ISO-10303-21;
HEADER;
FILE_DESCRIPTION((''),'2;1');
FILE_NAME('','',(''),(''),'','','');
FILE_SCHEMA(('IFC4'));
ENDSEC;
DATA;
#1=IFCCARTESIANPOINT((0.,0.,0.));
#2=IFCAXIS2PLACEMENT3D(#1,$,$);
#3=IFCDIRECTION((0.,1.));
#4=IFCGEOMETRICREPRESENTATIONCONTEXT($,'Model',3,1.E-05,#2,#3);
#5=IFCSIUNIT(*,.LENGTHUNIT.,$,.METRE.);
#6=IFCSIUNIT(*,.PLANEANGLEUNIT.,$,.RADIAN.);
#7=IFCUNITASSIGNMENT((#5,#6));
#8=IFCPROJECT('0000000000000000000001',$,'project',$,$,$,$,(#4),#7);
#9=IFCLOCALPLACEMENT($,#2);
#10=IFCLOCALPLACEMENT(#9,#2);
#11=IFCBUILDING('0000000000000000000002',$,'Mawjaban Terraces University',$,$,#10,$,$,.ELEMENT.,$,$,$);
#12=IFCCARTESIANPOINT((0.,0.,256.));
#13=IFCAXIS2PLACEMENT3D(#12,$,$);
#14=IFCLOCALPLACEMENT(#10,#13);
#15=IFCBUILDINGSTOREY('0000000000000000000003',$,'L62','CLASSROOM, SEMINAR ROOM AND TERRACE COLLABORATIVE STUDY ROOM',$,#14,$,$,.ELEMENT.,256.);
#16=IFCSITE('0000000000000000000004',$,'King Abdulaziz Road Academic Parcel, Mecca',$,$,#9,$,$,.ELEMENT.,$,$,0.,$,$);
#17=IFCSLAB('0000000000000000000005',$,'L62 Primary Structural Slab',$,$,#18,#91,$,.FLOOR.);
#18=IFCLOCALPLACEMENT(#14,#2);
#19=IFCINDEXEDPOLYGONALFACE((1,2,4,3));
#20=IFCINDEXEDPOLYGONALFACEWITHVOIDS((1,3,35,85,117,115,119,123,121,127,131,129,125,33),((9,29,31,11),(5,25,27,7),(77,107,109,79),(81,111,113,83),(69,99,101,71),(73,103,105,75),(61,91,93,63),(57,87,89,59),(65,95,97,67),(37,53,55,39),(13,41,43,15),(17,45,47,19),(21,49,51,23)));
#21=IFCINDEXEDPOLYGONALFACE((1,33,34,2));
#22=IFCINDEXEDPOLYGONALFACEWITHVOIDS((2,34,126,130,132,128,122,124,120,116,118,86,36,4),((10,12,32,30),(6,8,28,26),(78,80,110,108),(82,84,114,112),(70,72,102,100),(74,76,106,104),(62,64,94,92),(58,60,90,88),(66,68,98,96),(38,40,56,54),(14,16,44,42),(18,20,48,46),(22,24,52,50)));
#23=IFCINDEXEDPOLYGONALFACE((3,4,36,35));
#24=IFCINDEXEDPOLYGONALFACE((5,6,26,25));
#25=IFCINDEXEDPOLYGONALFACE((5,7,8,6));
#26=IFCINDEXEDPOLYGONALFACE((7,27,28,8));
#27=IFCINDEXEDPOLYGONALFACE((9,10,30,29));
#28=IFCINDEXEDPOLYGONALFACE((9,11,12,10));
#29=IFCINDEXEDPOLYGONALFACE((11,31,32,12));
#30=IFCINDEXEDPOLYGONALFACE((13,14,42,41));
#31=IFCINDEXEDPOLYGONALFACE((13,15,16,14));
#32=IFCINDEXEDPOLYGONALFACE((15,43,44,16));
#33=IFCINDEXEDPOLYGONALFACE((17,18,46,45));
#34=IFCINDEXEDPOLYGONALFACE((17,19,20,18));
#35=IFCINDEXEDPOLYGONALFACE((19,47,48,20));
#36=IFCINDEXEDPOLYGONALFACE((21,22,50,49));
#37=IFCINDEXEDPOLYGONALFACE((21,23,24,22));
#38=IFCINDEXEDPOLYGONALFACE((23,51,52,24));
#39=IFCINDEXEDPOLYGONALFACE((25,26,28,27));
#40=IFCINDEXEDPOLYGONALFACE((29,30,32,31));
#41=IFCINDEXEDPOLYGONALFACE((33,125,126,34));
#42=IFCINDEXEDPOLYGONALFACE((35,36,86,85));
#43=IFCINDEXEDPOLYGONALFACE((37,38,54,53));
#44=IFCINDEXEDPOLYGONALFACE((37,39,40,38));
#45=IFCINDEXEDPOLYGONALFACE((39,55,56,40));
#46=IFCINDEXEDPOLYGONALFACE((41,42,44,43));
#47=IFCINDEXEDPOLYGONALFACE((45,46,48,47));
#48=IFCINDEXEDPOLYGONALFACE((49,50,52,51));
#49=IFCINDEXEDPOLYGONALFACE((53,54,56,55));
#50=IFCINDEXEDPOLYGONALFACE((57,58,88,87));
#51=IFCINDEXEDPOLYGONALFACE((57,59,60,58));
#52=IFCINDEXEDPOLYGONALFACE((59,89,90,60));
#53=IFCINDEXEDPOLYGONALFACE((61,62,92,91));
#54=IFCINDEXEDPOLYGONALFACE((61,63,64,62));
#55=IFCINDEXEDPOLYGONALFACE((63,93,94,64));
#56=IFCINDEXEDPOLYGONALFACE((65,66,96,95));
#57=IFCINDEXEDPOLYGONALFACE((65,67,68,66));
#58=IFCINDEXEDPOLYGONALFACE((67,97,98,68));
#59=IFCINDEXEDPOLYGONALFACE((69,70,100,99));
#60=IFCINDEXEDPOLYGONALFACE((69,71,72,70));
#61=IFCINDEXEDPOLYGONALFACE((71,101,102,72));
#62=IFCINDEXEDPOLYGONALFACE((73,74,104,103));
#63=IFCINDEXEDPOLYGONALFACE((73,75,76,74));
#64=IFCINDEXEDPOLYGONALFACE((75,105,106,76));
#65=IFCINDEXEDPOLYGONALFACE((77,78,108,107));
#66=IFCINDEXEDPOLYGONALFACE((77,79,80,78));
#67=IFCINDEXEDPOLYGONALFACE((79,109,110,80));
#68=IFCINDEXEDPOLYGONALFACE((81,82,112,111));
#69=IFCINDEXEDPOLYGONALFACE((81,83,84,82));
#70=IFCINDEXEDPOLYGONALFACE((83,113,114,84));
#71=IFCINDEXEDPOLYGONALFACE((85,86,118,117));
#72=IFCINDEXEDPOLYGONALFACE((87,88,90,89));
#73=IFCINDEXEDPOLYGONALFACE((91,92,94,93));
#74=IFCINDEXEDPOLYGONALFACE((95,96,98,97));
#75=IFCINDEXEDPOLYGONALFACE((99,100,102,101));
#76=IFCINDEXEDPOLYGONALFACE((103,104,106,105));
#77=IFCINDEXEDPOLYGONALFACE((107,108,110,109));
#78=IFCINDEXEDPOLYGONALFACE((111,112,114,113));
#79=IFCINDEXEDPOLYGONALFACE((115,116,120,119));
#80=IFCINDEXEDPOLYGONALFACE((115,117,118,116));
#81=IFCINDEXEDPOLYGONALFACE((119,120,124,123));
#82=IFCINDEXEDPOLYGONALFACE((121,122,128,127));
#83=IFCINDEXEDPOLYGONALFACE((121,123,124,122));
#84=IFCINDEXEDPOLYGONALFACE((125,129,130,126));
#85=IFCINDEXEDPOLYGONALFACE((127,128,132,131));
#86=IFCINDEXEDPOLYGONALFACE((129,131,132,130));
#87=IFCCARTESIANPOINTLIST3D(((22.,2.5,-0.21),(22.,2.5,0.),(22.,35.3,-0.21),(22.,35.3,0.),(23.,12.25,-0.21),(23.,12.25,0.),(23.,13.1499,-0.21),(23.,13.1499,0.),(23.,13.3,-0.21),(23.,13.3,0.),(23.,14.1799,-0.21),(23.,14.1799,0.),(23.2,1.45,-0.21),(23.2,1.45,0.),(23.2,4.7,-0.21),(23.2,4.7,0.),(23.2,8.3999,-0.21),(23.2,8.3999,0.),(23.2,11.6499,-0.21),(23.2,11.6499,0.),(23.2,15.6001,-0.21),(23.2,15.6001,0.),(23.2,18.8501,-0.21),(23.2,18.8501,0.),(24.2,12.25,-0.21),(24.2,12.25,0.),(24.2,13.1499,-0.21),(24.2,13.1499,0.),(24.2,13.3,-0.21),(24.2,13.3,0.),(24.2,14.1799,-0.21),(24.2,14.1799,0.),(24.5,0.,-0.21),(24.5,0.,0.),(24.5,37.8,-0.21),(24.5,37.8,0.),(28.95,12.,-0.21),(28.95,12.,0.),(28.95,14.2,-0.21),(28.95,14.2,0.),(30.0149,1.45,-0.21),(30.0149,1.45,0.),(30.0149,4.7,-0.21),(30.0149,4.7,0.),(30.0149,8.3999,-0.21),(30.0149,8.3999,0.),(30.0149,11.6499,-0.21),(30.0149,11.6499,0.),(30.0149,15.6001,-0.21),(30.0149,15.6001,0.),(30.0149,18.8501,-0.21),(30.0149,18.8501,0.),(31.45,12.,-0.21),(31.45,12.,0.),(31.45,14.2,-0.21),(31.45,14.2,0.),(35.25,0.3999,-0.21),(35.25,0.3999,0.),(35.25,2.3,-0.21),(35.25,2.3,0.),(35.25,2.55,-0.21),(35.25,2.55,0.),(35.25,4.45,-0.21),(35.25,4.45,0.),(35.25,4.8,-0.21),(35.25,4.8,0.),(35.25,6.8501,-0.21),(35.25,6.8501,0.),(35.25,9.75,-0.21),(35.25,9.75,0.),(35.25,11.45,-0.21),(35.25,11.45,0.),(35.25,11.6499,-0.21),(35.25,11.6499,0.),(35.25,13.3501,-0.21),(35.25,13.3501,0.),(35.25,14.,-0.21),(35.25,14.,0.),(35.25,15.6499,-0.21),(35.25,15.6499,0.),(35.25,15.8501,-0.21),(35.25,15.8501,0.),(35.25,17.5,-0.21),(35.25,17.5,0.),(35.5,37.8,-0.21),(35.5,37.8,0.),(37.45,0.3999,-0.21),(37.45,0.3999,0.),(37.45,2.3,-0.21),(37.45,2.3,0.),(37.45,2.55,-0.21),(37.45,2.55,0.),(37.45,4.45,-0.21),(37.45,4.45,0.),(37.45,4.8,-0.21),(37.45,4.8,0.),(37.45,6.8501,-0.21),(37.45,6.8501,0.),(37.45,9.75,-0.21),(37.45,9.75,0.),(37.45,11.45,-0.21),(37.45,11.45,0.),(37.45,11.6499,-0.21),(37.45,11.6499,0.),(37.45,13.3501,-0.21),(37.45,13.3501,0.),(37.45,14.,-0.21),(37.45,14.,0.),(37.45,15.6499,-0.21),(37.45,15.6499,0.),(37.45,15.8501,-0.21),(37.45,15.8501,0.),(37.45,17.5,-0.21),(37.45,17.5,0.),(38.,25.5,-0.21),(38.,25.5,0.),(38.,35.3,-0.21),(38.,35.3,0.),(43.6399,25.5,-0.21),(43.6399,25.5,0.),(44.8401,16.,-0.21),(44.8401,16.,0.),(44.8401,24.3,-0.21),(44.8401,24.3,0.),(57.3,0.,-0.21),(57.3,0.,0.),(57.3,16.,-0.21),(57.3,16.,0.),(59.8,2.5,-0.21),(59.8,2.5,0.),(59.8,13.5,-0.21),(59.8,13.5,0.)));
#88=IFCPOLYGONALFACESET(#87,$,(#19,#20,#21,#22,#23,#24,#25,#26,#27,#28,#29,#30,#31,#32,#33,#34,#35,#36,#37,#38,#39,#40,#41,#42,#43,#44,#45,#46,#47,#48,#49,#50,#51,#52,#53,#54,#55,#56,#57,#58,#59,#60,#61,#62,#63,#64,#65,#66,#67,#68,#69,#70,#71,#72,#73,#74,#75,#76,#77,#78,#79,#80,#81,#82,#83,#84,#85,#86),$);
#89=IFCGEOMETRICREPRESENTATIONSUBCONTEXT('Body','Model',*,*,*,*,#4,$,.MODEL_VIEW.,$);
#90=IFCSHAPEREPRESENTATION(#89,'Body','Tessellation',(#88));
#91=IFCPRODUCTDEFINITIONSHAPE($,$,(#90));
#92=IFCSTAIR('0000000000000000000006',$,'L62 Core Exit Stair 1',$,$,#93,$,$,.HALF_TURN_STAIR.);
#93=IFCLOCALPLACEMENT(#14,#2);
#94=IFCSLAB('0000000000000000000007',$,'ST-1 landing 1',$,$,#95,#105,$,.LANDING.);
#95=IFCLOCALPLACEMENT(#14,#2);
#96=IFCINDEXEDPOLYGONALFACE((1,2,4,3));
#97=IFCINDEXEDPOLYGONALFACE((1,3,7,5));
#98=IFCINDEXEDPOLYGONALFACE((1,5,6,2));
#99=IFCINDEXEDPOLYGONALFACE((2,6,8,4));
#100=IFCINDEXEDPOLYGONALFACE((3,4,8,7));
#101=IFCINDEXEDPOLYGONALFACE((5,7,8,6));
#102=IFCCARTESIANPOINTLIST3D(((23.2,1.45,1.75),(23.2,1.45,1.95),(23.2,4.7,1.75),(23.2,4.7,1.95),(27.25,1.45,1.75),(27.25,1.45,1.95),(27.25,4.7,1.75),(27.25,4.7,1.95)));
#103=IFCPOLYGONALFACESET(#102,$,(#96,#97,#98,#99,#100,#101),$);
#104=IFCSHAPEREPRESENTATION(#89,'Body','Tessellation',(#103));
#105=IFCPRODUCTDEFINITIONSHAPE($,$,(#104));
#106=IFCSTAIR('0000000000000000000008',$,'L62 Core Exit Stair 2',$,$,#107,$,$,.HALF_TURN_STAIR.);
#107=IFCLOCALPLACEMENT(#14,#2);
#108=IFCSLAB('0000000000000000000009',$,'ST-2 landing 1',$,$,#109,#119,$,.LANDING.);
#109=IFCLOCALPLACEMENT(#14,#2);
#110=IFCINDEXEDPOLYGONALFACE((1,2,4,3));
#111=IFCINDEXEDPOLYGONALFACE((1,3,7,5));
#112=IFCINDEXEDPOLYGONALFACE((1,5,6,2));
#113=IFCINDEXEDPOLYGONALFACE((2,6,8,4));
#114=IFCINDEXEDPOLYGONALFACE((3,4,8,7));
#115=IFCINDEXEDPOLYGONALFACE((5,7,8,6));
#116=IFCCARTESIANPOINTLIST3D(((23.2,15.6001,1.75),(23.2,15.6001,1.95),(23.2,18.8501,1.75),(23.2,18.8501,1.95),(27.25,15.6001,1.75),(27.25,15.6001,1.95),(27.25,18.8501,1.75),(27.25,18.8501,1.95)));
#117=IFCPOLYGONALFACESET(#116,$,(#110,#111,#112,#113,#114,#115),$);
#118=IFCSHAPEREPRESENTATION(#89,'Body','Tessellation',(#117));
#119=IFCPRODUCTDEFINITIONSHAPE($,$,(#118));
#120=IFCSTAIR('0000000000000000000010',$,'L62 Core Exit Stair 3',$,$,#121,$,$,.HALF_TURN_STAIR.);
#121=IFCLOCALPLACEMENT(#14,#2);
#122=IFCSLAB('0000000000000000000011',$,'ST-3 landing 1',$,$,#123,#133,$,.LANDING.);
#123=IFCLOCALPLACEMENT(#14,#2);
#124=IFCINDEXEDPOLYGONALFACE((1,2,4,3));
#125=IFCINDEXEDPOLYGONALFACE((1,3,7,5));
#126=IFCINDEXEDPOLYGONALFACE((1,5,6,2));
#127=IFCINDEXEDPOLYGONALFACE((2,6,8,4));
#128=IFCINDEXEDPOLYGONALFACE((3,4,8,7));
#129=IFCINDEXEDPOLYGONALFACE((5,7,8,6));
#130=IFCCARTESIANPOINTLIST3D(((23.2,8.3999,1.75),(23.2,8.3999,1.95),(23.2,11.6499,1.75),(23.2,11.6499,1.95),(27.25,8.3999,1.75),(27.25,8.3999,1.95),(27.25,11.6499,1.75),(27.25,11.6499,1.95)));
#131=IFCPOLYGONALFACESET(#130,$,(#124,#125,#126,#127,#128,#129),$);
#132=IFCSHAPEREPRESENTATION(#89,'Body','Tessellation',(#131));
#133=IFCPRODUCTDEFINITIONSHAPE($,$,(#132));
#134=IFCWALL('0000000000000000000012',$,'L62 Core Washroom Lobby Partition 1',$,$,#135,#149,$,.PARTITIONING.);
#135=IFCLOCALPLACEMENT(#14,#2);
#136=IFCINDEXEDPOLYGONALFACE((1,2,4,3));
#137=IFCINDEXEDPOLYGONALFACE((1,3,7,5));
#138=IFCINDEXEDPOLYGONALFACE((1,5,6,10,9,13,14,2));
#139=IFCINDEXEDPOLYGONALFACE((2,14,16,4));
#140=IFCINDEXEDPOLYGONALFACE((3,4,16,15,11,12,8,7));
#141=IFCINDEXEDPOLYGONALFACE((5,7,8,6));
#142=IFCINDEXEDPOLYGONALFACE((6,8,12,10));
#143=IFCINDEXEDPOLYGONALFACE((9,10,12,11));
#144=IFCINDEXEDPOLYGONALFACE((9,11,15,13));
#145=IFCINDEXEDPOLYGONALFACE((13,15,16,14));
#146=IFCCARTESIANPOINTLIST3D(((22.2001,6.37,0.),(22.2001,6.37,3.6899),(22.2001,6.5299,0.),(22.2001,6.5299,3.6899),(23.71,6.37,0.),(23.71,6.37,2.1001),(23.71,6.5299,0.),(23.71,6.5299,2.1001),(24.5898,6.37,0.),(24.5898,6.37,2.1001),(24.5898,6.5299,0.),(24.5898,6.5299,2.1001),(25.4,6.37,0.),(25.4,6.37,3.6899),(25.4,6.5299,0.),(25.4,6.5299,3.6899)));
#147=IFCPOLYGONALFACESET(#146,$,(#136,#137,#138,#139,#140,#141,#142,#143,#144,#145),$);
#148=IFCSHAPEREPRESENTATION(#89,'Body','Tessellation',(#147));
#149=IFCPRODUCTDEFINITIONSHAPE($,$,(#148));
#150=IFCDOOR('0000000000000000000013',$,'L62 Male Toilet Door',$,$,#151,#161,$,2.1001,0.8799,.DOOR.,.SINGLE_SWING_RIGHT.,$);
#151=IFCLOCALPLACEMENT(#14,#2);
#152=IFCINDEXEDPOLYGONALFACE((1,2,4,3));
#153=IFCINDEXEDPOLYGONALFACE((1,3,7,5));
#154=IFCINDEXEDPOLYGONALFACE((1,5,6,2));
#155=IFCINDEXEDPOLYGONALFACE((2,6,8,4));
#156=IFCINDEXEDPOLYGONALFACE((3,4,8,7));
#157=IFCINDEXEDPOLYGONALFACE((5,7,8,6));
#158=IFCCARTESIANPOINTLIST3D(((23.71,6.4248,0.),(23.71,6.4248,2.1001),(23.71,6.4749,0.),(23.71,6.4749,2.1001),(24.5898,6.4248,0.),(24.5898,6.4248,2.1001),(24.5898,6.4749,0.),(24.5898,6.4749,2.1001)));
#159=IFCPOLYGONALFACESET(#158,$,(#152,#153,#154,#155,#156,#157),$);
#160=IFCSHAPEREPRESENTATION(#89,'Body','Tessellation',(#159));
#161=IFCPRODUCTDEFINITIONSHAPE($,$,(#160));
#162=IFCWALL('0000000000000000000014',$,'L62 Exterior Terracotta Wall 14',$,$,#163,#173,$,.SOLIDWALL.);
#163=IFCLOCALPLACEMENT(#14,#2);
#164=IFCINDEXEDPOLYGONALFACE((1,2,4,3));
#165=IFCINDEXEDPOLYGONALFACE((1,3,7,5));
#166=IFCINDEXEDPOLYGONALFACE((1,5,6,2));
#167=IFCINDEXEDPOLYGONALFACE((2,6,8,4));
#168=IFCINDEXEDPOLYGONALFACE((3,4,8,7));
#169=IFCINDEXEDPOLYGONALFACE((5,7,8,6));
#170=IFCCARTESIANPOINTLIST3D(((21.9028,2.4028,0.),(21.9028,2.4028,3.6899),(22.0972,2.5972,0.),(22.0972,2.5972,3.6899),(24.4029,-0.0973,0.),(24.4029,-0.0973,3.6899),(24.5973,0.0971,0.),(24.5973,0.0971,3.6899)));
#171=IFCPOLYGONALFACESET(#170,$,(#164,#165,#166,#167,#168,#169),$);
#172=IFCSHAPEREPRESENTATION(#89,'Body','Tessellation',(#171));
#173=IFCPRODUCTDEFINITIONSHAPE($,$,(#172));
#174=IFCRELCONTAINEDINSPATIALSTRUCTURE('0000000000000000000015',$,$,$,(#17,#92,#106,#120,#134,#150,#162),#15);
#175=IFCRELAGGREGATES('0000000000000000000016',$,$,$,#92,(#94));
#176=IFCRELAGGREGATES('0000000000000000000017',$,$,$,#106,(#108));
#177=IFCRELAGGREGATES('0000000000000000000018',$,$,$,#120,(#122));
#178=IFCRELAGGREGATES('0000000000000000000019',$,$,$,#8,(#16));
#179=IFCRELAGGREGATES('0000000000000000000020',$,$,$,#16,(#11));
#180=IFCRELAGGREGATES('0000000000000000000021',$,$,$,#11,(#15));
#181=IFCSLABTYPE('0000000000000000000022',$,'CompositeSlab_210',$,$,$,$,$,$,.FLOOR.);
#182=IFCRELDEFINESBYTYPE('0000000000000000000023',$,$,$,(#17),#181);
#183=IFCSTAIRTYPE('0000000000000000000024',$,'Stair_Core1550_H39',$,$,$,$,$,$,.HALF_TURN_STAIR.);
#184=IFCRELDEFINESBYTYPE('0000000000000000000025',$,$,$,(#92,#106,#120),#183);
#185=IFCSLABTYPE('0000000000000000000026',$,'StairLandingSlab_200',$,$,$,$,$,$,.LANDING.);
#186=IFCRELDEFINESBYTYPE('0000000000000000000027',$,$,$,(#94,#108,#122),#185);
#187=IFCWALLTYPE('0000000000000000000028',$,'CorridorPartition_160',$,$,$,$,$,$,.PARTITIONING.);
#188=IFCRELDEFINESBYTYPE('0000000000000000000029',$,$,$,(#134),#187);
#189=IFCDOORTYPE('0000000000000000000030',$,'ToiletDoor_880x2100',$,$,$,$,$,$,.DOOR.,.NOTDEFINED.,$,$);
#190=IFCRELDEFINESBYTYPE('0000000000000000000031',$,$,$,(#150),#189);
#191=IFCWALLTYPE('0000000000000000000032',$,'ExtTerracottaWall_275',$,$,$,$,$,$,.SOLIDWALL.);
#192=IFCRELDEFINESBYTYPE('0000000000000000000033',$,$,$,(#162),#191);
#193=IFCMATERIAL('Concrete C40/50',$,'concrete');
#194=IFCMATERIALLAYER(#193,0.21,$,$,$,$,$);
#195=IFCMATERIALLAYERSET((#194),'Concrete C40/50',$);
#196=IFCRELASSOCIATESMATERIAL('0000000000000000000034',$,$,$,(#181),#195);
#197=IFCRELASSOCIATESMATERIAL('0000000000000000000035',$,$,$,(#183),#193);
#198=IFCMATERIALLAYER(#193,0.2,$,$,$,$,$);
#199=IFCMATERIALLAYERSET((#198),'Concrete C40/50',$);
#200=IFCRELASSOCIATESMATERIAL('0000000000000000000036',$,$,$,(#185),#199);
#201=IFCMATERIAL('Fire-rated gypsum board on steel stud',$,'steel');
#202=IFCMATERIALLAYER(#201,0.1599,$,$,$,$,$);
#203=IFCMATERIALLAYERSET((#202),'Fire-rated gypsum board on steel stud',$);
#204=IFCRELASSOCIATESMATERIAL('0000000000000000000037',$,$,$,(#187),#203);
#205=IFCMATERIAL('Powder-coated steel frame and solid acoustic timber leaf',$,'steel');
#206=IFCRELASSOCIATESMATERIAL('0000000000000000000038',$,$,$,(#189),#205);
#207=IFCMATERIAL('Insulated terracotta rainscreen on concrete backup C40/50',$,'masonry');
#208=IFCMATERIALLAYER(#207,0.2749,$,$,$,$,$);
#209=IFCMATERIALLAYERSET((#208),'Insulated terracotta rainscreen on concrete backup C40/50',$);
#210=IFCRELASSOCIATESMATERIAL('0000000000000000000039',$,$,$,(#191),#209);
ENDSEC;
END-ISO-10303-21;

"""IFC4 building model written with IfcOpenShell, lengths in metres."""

from ifc_helpers import new_model, si_unit, direction, frame, frame_2d, origin, place, context, subcontext, project, spatial, polyline, rectangle, outline, extrude, material, layer, layer_set, type_object, element, fill, aggregate, save


model = new_model("IFC4")

# Units and contexts
model_context = context("Model", 3, precision=1e-05, world=origin(), true_north=direction((0.0, 1.0)))
body_context = subcontext(model_context, "Body", "Model", "MODEL_VIEW")
ifc_project = project(units=[si_unit("LENGTHUNIT", "METRE"), si_unit("PLANEANGLEUNIT", "RADIAN")], contexts=[model_context])

# Site, building, storey
site_placement = place(None, origin())
site = spatial("IfcSite", under=ifc_project, at=site_placement, Name="King Abdulaziz Road Academic Parcel, Mecca", CompositionType="ELEMENT", RefElevation=0.0)
building_placement = place(site_placement, origin())
building = spatial("IfcBuilding", under=site, at=building_placement, Name="Mawjaban Terraces University", CompositionType="ELEMENT")
storey_placement = place(building_placement, frame((0.0, 0.0, 256.0)))
storey = spatial("IfcBuildingStorey", under=building, at=storey_placement, Name="L62", Description="CLASSROOM, SEMINAR ROOM AND TERRACE COLLABORATIVE STUDY ROOM", CompositionType="ELEMENT", Elevation=256.0)

# Slab
ifc_material_1 = material(Name="Concrete C40/50", Category="concrete")
ifc_layer_1 = layer(ifc_material_1, 0.21)
ifc_layer_set_1 = layer_set([ifc_layer_1], Name="Concrete C40/50")
slab_type_1 = type_object("IfcSlabType", Name="CompositeSlab_210", PredefinedType="FLOOR", material=ifc_layer_set_1)
slab_1_placement = place(storey_placement, frame((0.0, 0.0, -0.21)))
element("IfcSlab", 1, at=slab_1_placement, inside=storey, type_object=slab_type_1, Name="L62 Primary Structural Slab", PredefinedType="FLOOR", context=body_context, shape_type="SweptSolid", body=[
    extrude(outline(polyline([(24.5, 0.0), (57.3, 0.0), (59.8, 2.5), (59.8, 13.5), (57.3, 16.0), (44.8401, 16.0), (44.8401, 24.3), (43.6399, 25.5), (38.0, 25.5), (38.0, 35.3), (35.5, 37.8), (24.5, 37.8), (22.0, 35.3), (22.0, 2.5), (24.5, 0.0)]), holes=[polyline([(30.0149, 4.7), (23.2, 4.7), (23.2, 1.45), (30.0149, 1.45), (30.0149, 4.7)]), polyline([(30.0149, 18.8501), (23.2, 18.8501), (23.2, 15.6001), (30.0149, 15.6001), (30.0149, 18.8501)]), polyline([(30.0149, 11.6499), (23.2, 11.6499), (23.2, 8.3999), (30.0149, 8.3999), (30.0149, 11.6499)]), polyline([(35.25, 0.3999), (37.45, 0.3999), (37.45, 2.3), (35.25, 2.3), (35.25, 0.3999)]), polyline([(35.25, 2.55), (37.45, 2.55), (37.45, 4.45), (35.25, 4.45), (35.25, 2.55)]), polyline([(35.25, 4.8), (37.45, 4.8), (37.45, 6.8501), (35.25, 6.8501), (35.25, 4.8)]), polyline([(35.25, 9.75), (37.45, 9.75), (37.45, 11.45), (35.25, 11.45), (35.25, 9.75)]), polyline([(35.25, 11.6499), (37.45, 11.6499), (37.45, 13.3501), (35.25, 13.3501), (35.25, 11.6499)]), polyline([(28.95, 12.0), (31.45, 12.0), (31.45, 14.2), (28.95, 14.2), (28.95, 12.0)]), polyline([(35.25, 14.0), (37.45, 14.0), (37.45, 15.6499), (35.25, 15.6499), (35.25, 14.0)]), polyline([(35.25, 15.8501), (37.45, 15.8501), (37.45, 17.5), (35.25, 17.5), (35.25, 15.8501)]), polyline([(23.0, 12.25), (24.2, 12.25), (24.2, 13.1499), (23.0, 13.1499), (23.0, 12.25)]), polyline([(23.0, 13.3), (24.2, 13.3), (24.2, 14.1799), (23.0, 14.1799), (23.0, 13.3)])]), origin(), (0.0, 0.0, 1.0), 0.21),
])

# Stairs, slabs
stair_type = type_object("IfcStairType", Name="Stair_Core1550_H39", PredefinedType="HALF_TURN_STAIR", material=ifc_material_1)
stair_1_placement = place(storey_placement, origin())
stair_1 = element("IfcStair", 2, at=stair_1_placement, inside=storey, type_object=stair_type, Name="L62 Core Exit Stair 1", PredefinedType="HALF_TURN_STAIR")
ifc_layer_2 = layer(ifc_material_1, 0.2)
ifc_layer_set_2 = layer_set([ifc_layer_2], Name="Concrete C40/50")
slab_type_2 = type_object("IfcSlabType", Name="StairLandingSlab_200", PredefinedType="LANDING", material=ifc_layer_set_2)
slab_2_placement = place(storey_placement, frame((0.0, 0.0, 1.75)))
slab_2 = element("IfcSlab", 3, at=slab_2_placement, type_object=slab_type_2, Name="ST-1 landing 1", PredefinedType="LANDING", context=body_context, shape_type="SweptSolid", body=[
    extrude(outline(polyline([(27.25, 4.7), (23.2, 4.7), (23.2, 1.45), (27.25, 1.45), (27.25, 4.7)])), origin(), (0.0, 0.0, 1.0), 0.2),
])
aggregate(stair_1, [slab_2])
stair_2_placement = place(storey_placement, origin())
stair_2 = element("IfcStair", 4, at=stair_2_placement, inside=storey, type_object=stair_type, Name="L62 Core Exit Stair 2", PredefinedType="HALF_TURN_STAIR")
slab_3_placement = place(storey_placement, frame((0.0, 0.0, 1.75)))
slab_3 = element("IfcSlab", 5, at=slab_3_placement, type_object=slab_type_2, Name="ST-2 landing 1", PredefinedType="LANDING", context=body_context, shape_type="SweptSolid", body=[
    extrude(outline(polyline([(27.25, 18.8501), (23.2, 18.8501), (23.2, 15.6001), (27.25, 15.6001), (27.25, 18.8501)])), origin(), (0.0, 0.0, 1.0), 0.2),
])
aggregate(stair_2, [slab_3])
stair_3_placement = place(storey_placement, origin())
stair_3 = element("IfcStair", 6, at=stair_3_placement, inside=storey, type_object=stair_type, Name="L62 Core Exit Stair 3", PredefinedType="HALF_TURN_STAIR")
slab_4_placement = place(storey_placement, frame((0.0, 0.0, 1.75)))
slab_4 = element("IfcSlab", 7, at=slab_4_placement, type_object=slab_type_2, Name="ST-3 landing 1", PredefinedType="LANDING", context=body_context, shape_type="SweptSolid", body=[
    extrude(outline(polyline([(27.25, 11.6499), (23.2, 11.6499), (23.2, 8.3999), (27.25, 8.3999), (27.25, 11.6499)])), origin(), (0.0, 0.0, 1.0), 0.2),
])
aggregate(stair_3, [slab_4])

# Wall, opening, door
ifc_material_2 = material(Name="Fire-rated gypsum board on steel stud", Category="steel")
ifc_layer_3 = layer(ifc_material_2, 0.1599)
ifc_layer_set_3 = layer_set([ifc_layer_3], Name="Fire-rated gypsum board on steel stud")
wall_type_1 = type_object("IfcWallType", Name="CorridorPartition_160", PredefinedType="PARTITIONING", material=ifc_layer_set_3)
wall_1_placement = place(storey_placement, frame((22.2, 6.45, 0.0), z_axis=(0.0, 0.0, 1.0), x_axis=(1.0, 0.0, 0.0)))
wall_1 = element("IfcWall", 8, at=wall_1_placement, inside=storey, type_object=wall_type_1, Name="L62 Core Washroom Lobby Partition 1", PredefinedType="PARTITIONING", context=body_context, shape_type="SweptSolid", body=[
    extrude(rectangle(XDim=3.2, YDim=0.1599, at=frame_2d((1.6001, 0.0))), origin(), (0.0, 0.0, 1.0), 3.6899),
])
opening_placement = place(wall_1_placement, frame((1.51, 0.0, 0.0)))
opening = element("IfcOpeningElement", 9, at=opening_placement, cuts=wall_1, PredefinedType="OPENING", context=body_context, shape_type="SweptSolid", body=[
    extrude(rectangle(XDim=0.8799, YDim=2.1001, at=frame_2d((0.4399, 1.05))), frame((0.0, 0.0898, 0.0), z_axis=(0.0, -1.0, 0.0), x_axis=(1.0, 0.0, 0.0)), (0.0, 0.0, 1.0), 0.1799),
])
ifc_material_3 = material(Name="Powder-coated steel frame and solid acoustic timber leaf", Category="steel")
door_type = type_object("IfcDoorType", Name="ToiletDoor_880x2100", OperationType="NOTDEFINED", PredefinedType="DOOR", material=ifc_material_3)
door_placement = place(opening_placement, origin())
door = element("IfcDoor", 10, at=door_placement, inside=storey, type_object=door_type, Name="L62 Male Toilet Door", OperationType="SINGLE_SWING_RIGHT", OverallHeight=2.1001, OverallWidth=0.8799, PredefinedType="DOOR", context=body_context, shape_type="SweptSolid", body=[
    extrude(rectangle(XDim=0.8799, YDim=2.1001, at=frame_2d((0.4399, 1.05))), frame((0.0, 0.0249, 0.0), z_axis=(0.0, -1.0, 0.0), x_axis=(1.0, 0.0, 0.0)), (0.0, 0.0, 1.0), 0.05),
])
fill(opening, door)

# Wall
ifc_material_4 = material(Name="Insulated terracotta rainscreen on concrete backup C40/50", Category="masonry")
ifc_layer_4 = layer(ifc_material_4, 0.2749)
ifc_layer_set_4 = layer_set([ifc_layer_4], Name="Insulated terracotta rainscreen on concrete backup C40/50")
wall_type_2 = type_object("IfcWallType", Name="ExtTerracottaWall_275", PredefinedType="SOLIDWALL", material=ifc_layer_set_4)
wall_2_placement = place(storey_placement, frame((22.0, 2.5, 0.0), z_axis=(0.0, 0.0, 1.0), x_axis=(0.707107, -0.707107, 0.0)))
element("IfcWall", 11, at=wall_2_placement, inside=storey, type_object=wall_type_2, Name="L62 Exterior Terracotta Wall 14", PredefinedType="SOLIDWALL", context=body_context, shape_type="SweptSolid", body=[
    extrude(rectangle(XDim=3.5356, YDim=0.2749, at=frame_2d((1.7678, 0.0))), origin(), (0.0, 0.0, 1.0), 3.6899),
])

save(model, "model.ifc")
